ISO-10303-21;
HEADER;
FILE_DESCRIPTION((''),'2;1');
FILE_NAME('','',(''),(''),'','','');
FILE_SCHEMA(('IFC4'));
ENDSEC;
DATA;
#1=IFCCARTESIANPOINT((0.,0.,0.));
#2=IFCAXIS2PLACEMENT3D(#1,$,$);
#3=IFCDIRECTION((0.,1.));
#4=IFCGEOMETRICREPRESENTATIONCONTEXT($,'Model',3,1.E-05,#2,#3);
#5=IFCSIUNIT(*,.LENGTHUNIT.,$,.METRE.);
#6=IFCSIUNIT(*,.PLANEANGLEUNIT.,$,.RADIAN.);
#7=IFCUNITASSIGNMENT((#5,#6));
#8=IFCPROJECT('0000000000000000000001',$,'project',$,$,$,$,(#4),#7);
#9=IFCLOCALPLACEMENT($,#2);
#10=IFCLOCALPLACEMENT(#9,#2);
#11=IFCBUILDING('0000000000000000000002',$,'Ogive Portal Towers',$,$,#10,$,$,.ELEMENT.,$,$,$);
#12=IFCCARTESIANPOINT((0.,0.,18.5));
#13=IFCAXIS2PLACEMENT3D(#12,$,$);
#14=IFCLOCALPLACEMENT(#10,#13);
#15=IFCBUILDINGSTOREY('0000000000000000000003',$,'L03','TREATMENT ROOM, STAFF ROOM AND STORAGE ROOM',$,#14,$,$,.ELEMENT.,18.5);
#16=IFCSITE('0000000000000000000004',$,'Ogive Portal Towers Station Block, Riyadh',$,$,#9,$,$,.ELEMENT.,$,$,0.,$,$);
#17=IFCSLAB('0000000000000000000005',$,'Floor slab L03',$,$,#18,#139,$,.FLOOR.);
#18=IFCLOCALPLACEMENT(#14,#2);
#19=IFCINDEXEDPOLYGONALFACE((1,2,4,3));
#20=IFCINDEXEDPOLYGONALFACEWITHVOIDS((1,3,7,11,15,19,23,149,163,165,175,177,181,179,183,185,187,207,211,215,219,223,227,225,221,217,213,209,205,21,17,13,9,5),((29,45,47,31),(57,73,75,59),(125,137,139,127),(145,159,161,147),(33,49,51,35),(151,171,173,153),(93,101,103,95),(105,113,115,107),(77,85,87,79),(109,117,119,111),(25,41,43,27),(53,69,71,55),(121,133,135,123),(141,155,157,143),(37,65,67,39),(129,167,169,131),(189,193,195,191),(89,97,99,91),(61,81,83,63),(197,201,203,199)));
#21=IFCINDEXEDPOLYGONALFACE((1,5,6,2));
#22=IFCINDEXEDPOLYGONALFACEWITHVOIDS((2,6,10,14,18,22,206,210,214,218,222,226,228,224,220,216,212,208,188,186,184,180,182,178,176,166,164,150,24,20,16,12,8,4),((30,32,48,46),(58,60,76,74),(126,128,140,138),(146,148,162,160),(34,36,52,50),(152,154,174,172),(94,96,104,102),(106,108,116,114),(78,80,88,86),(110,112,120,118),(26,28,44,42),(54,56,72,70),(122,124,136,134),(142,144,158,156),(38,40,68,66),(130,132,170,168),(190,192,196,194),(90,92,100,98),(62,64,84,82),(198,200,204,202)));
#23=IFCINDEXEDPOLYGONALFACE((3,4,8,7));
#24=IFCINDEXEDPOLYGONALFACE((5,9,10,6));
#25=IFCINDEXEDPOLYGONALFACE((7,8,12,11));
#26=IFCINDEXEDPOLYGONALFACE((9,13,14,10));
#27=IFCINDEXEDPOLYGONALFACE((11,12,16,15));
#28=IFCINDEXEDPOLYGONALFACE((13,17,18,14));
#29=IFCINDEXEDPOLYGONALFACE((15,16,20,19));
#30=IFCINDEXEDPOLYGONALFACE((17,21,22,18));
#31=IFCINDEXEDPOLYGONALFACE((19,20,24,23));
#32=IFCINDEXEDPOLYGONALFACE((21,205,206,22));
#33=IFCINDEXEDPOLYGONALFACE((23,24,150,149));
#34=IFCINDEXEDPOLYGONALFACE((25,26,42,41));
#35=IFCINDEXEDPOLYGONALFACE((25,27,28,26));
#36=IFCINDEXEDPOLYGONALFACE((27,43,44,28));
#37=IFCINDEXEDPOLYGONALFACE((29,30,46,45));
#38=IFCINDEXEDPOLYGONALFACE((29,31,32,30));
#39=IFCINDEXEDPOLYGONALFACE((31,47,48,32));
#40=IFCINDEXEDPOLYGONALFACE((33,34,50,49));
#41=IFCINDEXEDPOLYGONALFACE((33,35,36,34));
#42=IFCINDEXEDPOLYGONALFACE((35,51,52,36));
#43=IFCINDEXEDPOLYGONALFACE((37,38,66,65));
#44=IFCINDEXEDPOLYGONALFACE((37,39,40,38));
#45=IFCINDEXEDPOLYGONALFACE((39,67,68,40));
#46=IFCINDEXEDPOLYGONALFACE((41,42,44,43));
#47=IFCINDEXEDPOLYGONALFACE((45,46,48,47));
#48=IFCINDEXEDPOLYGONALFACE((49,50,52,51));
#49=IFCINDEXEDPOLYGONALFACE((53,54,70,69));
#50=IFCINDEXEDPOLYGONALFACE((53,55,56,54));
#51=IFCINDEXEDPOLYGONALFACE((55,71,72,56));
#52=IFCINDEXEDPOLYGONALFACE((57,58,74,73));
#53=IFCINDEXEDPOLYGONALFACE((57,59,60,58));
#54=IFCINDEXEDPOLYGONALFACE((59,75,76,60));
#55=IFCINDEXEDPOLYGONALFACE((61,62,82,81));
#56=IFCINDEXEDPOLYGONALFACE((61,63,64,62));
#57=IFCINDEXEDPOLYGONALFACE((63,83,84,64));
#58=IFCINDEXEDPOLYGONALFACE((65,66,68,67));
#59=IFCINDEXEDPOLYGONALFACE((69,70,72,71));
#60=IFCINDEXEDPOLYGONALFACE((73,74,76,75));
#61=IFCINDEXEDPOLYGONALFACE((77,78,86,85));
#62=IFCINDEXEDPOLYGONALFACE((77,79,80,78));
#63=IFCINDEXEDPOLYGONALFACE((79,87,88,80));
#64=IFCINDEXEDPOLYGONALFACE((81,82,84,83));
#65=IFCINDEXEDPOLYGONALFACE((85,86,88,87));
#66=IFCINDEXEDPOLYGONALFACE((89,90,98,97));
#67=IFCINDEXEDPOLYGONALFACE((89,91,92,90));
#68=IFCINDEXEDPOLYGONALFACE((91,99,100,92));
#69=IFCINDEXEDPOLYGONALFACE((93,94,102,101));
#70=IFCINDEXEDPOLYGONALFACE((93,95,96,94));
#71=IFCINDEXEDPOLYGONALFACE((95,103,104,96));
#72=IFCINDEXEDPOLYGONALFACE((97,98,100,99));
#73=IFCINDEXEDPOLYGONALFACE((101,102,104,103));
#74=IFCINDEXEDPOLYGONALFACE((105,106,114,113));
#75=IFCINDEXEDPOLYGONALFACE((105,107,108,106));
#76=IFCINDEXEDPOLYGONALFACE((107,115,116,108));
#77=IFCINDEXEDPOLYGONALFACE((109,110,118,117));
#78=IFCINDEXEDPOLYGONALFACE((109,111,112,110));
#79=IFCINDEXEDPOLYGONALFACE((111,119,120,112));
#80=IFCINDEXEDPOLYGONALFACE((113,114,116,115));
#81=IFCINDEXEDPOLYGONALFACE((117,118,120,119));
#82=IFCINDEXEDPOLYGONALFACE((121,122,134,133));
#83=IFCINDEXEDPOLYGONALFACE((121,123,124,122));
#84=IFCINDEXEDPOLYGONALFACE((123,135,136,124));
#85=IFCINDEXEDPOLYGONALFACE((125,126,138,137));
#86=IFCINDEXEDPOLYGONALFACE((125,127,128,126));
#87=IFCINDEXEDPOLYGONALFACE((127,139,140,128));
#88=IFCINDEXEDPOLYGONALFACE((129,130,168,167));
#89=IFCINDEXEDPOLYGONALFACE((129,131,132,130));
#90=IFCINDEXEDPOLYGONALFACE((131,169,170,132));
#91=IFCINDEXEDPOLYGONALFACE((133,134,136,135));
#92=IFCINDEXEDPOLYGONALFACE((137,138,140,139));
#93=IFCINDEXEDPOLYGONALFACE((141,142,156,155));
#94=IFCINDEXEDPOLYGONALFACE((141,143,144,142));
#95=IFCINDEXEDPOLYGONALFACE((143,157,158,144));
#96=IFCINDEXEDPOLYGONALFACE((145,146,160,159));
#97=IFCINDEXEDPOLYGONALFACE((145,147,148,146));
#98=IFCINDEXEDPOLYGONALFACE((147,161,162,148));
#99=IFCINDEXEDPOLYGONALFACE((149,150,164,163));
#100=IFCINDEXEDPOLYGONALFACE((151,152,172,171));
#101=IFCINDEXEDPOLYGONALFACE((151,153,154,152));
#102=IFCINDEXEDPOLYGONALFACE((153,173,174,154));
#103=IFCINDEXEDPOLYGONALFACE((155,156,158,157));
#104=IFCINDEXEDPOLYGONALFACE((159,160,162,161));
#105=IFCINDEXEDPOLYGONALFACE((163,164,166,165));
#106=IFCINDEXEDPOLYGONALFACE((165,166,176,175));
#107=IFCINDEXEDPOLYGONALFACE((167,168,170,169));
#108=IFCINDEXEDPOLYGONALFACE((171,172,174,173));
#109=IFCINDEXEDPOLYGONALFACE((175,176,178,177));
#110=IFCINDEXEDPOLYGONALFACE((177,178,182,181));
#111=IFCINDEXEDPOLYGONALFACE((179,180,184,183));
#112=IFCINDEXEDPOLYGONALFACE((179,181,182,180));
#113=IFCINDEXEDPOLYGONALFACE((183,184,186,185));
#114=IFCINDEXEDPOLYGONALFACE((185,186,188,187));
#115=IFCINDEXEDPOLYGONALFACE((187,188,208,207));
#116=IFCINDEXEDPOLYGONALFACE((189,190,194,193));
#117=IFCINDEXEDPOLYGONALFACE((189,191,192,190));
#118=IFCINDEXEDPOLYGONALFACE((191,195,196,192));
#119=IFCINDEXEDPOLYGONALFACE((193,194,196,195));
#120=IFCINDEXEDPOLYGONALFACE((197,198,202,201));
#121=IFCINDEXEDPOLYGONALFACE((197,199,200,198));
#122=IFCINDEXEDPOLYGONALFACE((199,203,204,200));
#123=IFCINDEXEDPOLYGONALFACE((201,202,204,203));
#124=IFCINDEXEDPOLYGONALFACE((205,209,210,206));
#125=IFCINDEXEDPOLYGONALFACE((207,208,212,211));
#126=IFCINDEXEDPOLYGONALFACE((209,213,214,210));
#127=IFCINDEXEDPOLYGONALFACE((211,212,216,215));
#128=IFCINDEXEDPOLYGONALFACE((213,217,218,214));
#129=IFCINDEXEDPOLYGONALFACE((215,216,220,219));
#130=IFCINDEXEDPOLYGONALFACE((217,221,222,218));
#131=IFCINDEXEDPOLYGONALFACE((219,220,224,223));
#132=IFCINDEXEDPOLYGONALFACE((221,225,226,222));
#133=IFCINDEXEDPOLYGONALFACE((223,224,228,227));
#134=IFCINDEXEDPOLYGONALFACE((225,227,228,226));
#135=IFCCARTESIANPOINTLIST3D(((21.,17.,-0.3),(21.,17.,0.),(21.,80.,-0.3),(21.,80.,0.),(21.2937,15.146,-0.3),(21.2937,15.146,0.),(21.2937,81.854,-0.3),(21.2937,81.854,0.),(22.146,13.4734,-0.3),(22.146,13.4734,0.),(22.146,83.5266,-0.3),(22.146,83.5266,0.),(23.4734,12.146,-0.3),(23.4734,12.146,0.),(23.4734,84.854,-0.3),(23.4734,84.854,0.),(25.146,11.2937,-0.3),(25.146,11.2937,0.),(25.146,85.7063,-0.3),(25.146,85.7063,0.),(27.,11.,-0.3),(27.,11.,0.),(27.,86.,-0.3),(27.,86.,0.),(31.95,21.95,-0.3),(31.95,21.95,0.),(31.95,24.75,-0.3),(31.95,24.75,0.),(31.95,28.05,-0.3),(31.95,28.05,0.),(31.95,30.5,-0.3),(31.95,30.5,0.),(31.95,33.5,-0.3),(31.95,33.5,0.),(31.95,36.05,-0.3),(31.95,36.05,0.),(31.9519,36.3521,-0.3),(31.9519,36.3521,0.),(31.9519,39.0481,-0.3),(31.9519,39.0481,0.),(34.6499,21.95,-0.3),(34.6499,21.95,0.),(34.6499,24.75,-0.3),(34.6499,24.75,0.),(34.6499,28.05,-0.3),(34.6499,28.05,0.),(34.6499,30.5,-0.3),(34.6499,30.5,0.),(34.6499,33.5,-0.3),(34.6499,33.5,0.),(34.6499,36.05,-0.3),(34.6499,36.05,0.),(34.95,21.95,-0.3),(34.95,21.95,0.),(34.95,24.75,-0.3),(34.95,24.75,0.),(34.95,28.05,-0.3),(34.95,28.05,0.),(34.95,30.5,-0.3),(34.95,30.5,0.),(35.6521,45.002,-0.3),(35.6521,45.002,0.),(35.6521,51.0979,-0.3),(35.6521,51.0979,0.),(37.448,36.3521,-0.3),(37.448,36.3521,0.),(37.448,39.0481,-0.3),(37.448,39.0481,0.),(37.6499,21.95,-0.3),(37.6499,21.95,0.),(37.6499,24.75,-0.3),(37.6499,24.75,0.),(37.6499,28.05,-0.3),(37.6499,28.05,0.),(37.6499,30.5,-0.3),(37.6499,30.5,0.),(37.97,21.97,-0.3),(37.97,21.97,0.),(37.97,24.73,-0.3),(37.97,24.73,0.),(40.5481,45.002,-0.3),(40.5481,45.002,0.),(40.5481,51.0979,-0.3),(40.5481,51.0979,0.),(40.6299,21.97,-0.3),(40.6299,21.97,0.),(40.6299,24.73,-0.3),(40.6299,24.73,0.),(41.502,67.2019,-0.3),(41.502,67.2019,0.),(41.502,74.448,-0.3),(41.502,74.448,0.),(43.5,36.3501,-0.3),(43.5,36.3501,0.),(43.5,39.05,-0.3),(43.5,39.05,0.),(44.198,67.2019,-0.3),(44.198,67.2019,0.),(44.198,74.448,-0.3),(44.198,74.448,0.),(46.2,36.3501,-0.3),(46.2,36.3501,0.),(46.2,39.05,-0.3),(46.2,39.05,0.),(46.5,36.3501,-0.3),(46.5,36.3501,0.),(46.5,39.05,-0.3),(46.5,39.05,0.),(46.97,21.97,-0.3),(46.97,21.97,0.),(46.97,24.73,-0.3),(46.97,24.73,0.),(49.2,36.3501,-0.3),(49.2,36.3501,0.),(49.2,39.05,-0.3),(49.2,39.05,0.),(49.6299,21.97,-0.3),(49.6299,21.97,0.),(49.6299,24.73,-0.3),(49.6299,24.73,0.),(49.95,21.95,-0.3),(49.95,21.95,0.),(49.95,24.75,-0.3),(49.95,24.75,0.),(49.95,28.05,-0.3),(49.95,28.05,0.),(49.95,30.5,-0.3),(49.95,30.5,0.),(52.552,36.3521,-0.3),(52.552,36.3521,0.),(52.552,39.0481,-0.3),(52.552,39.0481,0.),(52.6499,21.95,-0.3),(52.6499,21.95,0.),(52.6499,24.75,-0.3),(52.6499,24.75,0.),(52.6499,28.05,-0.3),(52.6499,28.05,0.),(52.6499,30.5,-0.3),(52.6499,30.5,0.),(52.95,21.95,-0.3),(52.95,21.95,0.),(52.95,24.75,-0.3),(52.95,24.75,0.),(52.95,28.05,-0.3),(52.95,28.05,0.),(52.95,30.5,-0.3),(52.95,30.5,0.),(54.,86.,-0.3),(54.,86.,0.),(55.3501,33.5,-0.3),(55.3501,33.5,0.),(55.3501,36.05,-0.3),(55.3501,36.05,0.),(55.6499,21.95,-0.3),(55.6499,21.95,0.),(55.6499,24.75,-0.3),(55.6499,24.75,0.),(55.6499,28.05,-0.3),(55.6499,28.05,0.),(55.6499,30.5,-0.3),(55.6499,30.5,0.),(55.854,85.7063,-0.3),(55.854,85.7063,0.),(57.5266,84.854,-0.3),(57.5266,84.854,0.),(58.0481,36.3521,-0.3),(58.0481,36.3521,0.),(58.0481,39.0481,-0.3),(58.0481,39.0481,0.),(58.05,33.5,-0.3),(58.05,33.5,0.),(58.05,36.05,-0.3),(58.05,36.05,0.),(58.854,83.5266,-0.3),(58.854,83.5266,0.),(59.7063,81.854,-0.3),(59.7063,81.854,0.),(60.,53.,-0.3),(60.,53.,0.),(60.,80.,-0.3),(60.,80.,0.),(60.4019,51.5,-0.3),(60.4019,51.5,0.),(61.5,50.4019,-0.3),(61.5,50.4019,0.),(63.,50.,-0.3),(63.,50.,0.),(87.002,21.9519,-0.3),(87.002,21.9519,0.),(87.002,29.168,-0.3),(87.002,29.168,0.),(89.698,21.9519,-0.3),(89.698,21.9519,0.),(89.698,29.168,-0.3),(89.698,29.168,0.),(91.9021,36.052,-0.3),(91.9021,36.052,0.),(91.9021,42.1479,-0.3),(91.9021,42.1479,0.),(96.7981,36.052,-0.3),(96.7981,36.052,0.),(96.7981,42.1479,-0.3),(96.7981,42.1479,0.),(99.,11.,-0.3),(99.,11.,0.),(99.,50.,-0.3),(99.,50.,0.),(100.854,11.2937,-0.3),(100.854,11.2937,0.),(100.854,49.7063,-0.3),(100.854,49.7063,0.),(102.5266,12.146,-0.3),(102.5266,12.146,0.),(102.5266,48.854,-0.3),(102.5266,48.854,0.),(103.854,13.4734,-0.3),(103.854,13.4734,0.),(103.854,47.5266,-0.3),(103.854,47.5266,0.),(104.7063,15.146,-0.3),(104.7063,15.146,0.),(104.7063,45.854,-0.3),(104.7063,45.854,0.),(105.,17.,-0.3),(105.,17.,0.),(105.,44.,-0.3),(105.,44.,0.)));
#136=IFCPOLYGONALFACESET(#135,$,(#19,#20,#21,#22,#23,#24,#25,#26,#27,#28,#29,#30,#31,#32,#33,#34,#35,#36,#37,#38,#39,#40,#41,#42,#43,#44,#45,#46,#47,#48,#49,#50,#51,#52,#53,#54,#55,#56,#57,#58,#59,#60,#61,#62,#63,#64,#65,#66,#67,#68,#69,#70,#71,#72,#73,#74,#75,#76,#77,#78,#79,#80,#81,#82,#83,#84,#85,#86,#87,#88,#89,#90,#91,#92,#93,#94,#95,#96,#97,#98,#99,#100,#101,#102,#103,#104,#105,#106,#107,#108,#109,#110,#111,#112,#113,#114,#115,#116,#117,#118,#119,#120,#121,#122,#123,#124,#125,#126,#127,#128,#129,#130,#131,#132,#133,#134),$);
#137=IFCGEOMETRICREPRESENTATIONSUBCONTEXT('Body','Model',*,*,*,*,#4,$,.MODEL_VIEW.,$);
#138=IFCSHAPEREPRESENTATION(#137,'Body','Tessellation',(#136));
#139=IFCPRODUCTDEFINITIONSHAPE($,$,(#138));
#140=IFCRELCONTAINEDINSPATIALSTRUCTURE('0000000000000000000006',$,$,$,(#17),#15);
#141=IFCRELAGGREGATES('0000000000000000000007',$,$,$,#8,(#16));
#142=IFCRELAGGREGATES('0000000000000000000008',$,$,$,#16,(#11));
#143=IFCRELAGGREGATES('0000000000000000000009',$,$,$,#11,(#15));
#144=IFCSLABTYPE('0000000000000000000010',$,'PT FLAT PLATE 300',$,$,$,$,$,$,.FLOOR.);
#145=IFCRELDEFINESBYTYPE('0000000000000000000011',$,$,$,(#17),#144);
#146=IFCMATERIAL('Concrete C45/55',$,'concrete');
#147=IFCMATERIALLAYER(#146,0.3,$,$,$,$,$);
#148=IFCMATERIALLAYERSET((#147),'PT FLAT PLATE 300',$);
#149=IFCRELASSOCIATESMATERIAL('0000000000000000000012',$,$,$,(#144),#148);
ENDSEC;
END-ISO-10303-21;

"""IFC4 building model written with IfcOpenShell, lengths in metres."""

from ifc_helpers import new_model, si_unit, direction, frame, origin, place, context, subcontext, project, spatial, polyline, outline, extrude, material, layer, layer_set, type_object, element, save


model = new_model("IFC4")

# Units and contexts
model_context = context("Model", 3, precision=1e-05, world=origin(), true_north=direction((0.0, 1.0)))
body_context = subcontext(model_context, "Body", "Model", "MODEL_VIEW")
ifc_project = project(units=[si_unit("LENGTHUNIT", "METRE"), si_unit("PLANEANGLEUNIT", "RADIAN")], contexts=[model_context])

# Site, building, storey
site_placement = place(None, origin())
site = spatial("IfcSite", under=ifc_project, at=site_placement, Name="Ogive Portal Towers Station Block, Riyadh", CompositionType="ELEMENT", RefElevation=0.0)
building_placement = place(site_placement, origin())
building = spatial("IfcBuilding", under=site, at=building_placement, Name="Ogive Portal Towers", CompositionType="ELEMENT")
storey_placement = place(building_placement, frame((0.0, 0.0, 18.5)))
storey = spatial("IfcBuildingStorey", under=building, at=storey_placement, Name="L03", Description="TREATMENT ROOM, STAFF ROOM AND STORAGE ROOM", CompositionType="ELEMENT", Elevation=18.5)

# Slab
ifc_material_1 = material(Name="Concrete C45/55", Category="concrete")
ifc_layer_1 = layer(ifc_material_1, 0.3)
ifc_layer_set_1 = layer_set([ifc_layer_1], Name="PT FLAT PLATE 300")
slab_type_1 = type_object("IfcSlabType", Name="PT FLAT PLATE 300", PredefinedType="FLOOR", material=ifc_layer_set_1)
slab_1_placement = place(storey_placement, frame((0.0, 0.0, -0.3)))
element("IfcSlab", 1, at=slab_1_placement, inside=storey, type_object=slab_type_1, Name="Floor slab L03", PredefinedType="FLOOR", context=body_context, shape_type="SweptSolid", body=[
    extrude(outline(polyline([(21.0, 80.0), (21.0, 17.0), (21.2937, 15.146), (22.146, 13.4734), (23.4734, 12.146), (25.146, 11.2937), (27.0, 11.0), (99.0, 11.0), (100.854, 11.2937), (102.5266, 12.146), (103.854, 13.4734), (104.7063, 15.146), (105.0, 17.0), (105.0, 44.0), (104.7063, 45.854), (103.854, 47.5266), (102.5266, 48.854), (100.854, 49.7063), (99.0, 50.0), (63.0, 50.0), (61.5, 50.4019), (60.4019, 51.5), (60.0, 53.0), (60.0, 80.0), (59.7063, 81.854), (58.854, 83.5266), (57.5266, 84.854), (55.854, 85.7063), (54.0, 86.0), (27.0, 86.0), (25.146, 85.7063), (23.4734, 84.854), (22.146, 83.5266), (21.2937, 81.854), (21.0, 80.0)]), holes=[polyline([(34.6499, 24.75), (34.6499, 21.95), (31.95, 21.95), (31.95, 24.75), (34.6499, 24.75)]), polyline([(37.6499, 24.75), (37.6499, 21.95), (34.95, 21.95), (34.95, 24.75), (37.6499, 24.75)]), polyline([(40.6299, 21.97), (37.97, 21.97), (37.97, 24.73), (40.6299, 24.73), (40.6299, 21.97)]), polyline([(34.6499, 28.05), (31.95, 28.05), (31.95, 30.5), (34.6499, 30.5), (34.6499, 28.05)]), polyline([(37.6499, 28.05), (34.95, 28.05), (34.95, 30.5), (37.6499, 30.5), (37.6499, 28.05)]), polyline([(34.6499, 36.05), (34.6499, 33.5), (31.95, 33.5), (31.95, 36.05), (34.6499, 36.05)]), polyline([(37.448, 39.0481), (37.448, 36.3521), (31.9519, 36.3521), (31.9519, 39.0481), (37.448, 39.0481)]), polyline([(46.2, 36.3501), (43.5, 36.3501), (43.5, 39.05), (46.2, 39.05), (46.2, 36.3501)]), polyline([(49.2, 39.05), (49.2, 36.3501), (46.5, 36.3501), (46.5, 39.05), (49.2, 39.05)]), polyline([(40.5481, 45.002), (35.6521, 45.002), (35.6521, 51.0979), (40.5481, 51.0979), (40.5481, 45.002)]), polyline([(44.198, 67.2019), (41.502, 67.2019), (41.502, 74.448), (44.198, 74.448), (44.198, 67.2019)]), polyline([(49.6299, 21.97), (46.97, 21.97), (46.97, 24.73), (49.6299, 24.73), (49.6299, 21.97)]), polyline([(52.6499, 24.75), (52.6499, 21.95), (49.95, 21.95), (49.95, 24.75), (52.6499, 24.75)]), polyline([(55.6499, 21.95), (52.95, 21.95), (52.95, 24.75), (55.6499, 24.75), (55.6499, 21.95)]), polyline([(87.002, 29.168), (89.698, 29.168), (89.698, 21.9519), (87.002, 21.9519), (87.002, 29.168)]), polyline([(52.6499, 30.5), (52.6499, 28.05), (49.95, 28.05), (49.95, 30.5), (52.6499, 30.5)]), polyline([(55.6499, 28.05), (52.95, 28.05), (52.95, 30.5), (55.6499, 30.5), (55.6499, 28.05)]), polyline([(58.05, 36.05), (58.05, 33.5), (55.3501, 33.5), (55.3501, 36.05), (58.05, 36.05)]), polyline([(52.552, 36.3521), (52.552, 39.0481), (58.0481, 39.0481), (58.0481, 36.3521), (52.552, 36.3521)]), polyline([(96.7981, 36.052), (91.9021, 36.052), (91.9021, 42.1479), (96.7981, 42.1479), (96.7981, 36.052)])]), origin(), (0.0, 0.0, 1.0), 0.3),
])

save(model, "model.ifc")
